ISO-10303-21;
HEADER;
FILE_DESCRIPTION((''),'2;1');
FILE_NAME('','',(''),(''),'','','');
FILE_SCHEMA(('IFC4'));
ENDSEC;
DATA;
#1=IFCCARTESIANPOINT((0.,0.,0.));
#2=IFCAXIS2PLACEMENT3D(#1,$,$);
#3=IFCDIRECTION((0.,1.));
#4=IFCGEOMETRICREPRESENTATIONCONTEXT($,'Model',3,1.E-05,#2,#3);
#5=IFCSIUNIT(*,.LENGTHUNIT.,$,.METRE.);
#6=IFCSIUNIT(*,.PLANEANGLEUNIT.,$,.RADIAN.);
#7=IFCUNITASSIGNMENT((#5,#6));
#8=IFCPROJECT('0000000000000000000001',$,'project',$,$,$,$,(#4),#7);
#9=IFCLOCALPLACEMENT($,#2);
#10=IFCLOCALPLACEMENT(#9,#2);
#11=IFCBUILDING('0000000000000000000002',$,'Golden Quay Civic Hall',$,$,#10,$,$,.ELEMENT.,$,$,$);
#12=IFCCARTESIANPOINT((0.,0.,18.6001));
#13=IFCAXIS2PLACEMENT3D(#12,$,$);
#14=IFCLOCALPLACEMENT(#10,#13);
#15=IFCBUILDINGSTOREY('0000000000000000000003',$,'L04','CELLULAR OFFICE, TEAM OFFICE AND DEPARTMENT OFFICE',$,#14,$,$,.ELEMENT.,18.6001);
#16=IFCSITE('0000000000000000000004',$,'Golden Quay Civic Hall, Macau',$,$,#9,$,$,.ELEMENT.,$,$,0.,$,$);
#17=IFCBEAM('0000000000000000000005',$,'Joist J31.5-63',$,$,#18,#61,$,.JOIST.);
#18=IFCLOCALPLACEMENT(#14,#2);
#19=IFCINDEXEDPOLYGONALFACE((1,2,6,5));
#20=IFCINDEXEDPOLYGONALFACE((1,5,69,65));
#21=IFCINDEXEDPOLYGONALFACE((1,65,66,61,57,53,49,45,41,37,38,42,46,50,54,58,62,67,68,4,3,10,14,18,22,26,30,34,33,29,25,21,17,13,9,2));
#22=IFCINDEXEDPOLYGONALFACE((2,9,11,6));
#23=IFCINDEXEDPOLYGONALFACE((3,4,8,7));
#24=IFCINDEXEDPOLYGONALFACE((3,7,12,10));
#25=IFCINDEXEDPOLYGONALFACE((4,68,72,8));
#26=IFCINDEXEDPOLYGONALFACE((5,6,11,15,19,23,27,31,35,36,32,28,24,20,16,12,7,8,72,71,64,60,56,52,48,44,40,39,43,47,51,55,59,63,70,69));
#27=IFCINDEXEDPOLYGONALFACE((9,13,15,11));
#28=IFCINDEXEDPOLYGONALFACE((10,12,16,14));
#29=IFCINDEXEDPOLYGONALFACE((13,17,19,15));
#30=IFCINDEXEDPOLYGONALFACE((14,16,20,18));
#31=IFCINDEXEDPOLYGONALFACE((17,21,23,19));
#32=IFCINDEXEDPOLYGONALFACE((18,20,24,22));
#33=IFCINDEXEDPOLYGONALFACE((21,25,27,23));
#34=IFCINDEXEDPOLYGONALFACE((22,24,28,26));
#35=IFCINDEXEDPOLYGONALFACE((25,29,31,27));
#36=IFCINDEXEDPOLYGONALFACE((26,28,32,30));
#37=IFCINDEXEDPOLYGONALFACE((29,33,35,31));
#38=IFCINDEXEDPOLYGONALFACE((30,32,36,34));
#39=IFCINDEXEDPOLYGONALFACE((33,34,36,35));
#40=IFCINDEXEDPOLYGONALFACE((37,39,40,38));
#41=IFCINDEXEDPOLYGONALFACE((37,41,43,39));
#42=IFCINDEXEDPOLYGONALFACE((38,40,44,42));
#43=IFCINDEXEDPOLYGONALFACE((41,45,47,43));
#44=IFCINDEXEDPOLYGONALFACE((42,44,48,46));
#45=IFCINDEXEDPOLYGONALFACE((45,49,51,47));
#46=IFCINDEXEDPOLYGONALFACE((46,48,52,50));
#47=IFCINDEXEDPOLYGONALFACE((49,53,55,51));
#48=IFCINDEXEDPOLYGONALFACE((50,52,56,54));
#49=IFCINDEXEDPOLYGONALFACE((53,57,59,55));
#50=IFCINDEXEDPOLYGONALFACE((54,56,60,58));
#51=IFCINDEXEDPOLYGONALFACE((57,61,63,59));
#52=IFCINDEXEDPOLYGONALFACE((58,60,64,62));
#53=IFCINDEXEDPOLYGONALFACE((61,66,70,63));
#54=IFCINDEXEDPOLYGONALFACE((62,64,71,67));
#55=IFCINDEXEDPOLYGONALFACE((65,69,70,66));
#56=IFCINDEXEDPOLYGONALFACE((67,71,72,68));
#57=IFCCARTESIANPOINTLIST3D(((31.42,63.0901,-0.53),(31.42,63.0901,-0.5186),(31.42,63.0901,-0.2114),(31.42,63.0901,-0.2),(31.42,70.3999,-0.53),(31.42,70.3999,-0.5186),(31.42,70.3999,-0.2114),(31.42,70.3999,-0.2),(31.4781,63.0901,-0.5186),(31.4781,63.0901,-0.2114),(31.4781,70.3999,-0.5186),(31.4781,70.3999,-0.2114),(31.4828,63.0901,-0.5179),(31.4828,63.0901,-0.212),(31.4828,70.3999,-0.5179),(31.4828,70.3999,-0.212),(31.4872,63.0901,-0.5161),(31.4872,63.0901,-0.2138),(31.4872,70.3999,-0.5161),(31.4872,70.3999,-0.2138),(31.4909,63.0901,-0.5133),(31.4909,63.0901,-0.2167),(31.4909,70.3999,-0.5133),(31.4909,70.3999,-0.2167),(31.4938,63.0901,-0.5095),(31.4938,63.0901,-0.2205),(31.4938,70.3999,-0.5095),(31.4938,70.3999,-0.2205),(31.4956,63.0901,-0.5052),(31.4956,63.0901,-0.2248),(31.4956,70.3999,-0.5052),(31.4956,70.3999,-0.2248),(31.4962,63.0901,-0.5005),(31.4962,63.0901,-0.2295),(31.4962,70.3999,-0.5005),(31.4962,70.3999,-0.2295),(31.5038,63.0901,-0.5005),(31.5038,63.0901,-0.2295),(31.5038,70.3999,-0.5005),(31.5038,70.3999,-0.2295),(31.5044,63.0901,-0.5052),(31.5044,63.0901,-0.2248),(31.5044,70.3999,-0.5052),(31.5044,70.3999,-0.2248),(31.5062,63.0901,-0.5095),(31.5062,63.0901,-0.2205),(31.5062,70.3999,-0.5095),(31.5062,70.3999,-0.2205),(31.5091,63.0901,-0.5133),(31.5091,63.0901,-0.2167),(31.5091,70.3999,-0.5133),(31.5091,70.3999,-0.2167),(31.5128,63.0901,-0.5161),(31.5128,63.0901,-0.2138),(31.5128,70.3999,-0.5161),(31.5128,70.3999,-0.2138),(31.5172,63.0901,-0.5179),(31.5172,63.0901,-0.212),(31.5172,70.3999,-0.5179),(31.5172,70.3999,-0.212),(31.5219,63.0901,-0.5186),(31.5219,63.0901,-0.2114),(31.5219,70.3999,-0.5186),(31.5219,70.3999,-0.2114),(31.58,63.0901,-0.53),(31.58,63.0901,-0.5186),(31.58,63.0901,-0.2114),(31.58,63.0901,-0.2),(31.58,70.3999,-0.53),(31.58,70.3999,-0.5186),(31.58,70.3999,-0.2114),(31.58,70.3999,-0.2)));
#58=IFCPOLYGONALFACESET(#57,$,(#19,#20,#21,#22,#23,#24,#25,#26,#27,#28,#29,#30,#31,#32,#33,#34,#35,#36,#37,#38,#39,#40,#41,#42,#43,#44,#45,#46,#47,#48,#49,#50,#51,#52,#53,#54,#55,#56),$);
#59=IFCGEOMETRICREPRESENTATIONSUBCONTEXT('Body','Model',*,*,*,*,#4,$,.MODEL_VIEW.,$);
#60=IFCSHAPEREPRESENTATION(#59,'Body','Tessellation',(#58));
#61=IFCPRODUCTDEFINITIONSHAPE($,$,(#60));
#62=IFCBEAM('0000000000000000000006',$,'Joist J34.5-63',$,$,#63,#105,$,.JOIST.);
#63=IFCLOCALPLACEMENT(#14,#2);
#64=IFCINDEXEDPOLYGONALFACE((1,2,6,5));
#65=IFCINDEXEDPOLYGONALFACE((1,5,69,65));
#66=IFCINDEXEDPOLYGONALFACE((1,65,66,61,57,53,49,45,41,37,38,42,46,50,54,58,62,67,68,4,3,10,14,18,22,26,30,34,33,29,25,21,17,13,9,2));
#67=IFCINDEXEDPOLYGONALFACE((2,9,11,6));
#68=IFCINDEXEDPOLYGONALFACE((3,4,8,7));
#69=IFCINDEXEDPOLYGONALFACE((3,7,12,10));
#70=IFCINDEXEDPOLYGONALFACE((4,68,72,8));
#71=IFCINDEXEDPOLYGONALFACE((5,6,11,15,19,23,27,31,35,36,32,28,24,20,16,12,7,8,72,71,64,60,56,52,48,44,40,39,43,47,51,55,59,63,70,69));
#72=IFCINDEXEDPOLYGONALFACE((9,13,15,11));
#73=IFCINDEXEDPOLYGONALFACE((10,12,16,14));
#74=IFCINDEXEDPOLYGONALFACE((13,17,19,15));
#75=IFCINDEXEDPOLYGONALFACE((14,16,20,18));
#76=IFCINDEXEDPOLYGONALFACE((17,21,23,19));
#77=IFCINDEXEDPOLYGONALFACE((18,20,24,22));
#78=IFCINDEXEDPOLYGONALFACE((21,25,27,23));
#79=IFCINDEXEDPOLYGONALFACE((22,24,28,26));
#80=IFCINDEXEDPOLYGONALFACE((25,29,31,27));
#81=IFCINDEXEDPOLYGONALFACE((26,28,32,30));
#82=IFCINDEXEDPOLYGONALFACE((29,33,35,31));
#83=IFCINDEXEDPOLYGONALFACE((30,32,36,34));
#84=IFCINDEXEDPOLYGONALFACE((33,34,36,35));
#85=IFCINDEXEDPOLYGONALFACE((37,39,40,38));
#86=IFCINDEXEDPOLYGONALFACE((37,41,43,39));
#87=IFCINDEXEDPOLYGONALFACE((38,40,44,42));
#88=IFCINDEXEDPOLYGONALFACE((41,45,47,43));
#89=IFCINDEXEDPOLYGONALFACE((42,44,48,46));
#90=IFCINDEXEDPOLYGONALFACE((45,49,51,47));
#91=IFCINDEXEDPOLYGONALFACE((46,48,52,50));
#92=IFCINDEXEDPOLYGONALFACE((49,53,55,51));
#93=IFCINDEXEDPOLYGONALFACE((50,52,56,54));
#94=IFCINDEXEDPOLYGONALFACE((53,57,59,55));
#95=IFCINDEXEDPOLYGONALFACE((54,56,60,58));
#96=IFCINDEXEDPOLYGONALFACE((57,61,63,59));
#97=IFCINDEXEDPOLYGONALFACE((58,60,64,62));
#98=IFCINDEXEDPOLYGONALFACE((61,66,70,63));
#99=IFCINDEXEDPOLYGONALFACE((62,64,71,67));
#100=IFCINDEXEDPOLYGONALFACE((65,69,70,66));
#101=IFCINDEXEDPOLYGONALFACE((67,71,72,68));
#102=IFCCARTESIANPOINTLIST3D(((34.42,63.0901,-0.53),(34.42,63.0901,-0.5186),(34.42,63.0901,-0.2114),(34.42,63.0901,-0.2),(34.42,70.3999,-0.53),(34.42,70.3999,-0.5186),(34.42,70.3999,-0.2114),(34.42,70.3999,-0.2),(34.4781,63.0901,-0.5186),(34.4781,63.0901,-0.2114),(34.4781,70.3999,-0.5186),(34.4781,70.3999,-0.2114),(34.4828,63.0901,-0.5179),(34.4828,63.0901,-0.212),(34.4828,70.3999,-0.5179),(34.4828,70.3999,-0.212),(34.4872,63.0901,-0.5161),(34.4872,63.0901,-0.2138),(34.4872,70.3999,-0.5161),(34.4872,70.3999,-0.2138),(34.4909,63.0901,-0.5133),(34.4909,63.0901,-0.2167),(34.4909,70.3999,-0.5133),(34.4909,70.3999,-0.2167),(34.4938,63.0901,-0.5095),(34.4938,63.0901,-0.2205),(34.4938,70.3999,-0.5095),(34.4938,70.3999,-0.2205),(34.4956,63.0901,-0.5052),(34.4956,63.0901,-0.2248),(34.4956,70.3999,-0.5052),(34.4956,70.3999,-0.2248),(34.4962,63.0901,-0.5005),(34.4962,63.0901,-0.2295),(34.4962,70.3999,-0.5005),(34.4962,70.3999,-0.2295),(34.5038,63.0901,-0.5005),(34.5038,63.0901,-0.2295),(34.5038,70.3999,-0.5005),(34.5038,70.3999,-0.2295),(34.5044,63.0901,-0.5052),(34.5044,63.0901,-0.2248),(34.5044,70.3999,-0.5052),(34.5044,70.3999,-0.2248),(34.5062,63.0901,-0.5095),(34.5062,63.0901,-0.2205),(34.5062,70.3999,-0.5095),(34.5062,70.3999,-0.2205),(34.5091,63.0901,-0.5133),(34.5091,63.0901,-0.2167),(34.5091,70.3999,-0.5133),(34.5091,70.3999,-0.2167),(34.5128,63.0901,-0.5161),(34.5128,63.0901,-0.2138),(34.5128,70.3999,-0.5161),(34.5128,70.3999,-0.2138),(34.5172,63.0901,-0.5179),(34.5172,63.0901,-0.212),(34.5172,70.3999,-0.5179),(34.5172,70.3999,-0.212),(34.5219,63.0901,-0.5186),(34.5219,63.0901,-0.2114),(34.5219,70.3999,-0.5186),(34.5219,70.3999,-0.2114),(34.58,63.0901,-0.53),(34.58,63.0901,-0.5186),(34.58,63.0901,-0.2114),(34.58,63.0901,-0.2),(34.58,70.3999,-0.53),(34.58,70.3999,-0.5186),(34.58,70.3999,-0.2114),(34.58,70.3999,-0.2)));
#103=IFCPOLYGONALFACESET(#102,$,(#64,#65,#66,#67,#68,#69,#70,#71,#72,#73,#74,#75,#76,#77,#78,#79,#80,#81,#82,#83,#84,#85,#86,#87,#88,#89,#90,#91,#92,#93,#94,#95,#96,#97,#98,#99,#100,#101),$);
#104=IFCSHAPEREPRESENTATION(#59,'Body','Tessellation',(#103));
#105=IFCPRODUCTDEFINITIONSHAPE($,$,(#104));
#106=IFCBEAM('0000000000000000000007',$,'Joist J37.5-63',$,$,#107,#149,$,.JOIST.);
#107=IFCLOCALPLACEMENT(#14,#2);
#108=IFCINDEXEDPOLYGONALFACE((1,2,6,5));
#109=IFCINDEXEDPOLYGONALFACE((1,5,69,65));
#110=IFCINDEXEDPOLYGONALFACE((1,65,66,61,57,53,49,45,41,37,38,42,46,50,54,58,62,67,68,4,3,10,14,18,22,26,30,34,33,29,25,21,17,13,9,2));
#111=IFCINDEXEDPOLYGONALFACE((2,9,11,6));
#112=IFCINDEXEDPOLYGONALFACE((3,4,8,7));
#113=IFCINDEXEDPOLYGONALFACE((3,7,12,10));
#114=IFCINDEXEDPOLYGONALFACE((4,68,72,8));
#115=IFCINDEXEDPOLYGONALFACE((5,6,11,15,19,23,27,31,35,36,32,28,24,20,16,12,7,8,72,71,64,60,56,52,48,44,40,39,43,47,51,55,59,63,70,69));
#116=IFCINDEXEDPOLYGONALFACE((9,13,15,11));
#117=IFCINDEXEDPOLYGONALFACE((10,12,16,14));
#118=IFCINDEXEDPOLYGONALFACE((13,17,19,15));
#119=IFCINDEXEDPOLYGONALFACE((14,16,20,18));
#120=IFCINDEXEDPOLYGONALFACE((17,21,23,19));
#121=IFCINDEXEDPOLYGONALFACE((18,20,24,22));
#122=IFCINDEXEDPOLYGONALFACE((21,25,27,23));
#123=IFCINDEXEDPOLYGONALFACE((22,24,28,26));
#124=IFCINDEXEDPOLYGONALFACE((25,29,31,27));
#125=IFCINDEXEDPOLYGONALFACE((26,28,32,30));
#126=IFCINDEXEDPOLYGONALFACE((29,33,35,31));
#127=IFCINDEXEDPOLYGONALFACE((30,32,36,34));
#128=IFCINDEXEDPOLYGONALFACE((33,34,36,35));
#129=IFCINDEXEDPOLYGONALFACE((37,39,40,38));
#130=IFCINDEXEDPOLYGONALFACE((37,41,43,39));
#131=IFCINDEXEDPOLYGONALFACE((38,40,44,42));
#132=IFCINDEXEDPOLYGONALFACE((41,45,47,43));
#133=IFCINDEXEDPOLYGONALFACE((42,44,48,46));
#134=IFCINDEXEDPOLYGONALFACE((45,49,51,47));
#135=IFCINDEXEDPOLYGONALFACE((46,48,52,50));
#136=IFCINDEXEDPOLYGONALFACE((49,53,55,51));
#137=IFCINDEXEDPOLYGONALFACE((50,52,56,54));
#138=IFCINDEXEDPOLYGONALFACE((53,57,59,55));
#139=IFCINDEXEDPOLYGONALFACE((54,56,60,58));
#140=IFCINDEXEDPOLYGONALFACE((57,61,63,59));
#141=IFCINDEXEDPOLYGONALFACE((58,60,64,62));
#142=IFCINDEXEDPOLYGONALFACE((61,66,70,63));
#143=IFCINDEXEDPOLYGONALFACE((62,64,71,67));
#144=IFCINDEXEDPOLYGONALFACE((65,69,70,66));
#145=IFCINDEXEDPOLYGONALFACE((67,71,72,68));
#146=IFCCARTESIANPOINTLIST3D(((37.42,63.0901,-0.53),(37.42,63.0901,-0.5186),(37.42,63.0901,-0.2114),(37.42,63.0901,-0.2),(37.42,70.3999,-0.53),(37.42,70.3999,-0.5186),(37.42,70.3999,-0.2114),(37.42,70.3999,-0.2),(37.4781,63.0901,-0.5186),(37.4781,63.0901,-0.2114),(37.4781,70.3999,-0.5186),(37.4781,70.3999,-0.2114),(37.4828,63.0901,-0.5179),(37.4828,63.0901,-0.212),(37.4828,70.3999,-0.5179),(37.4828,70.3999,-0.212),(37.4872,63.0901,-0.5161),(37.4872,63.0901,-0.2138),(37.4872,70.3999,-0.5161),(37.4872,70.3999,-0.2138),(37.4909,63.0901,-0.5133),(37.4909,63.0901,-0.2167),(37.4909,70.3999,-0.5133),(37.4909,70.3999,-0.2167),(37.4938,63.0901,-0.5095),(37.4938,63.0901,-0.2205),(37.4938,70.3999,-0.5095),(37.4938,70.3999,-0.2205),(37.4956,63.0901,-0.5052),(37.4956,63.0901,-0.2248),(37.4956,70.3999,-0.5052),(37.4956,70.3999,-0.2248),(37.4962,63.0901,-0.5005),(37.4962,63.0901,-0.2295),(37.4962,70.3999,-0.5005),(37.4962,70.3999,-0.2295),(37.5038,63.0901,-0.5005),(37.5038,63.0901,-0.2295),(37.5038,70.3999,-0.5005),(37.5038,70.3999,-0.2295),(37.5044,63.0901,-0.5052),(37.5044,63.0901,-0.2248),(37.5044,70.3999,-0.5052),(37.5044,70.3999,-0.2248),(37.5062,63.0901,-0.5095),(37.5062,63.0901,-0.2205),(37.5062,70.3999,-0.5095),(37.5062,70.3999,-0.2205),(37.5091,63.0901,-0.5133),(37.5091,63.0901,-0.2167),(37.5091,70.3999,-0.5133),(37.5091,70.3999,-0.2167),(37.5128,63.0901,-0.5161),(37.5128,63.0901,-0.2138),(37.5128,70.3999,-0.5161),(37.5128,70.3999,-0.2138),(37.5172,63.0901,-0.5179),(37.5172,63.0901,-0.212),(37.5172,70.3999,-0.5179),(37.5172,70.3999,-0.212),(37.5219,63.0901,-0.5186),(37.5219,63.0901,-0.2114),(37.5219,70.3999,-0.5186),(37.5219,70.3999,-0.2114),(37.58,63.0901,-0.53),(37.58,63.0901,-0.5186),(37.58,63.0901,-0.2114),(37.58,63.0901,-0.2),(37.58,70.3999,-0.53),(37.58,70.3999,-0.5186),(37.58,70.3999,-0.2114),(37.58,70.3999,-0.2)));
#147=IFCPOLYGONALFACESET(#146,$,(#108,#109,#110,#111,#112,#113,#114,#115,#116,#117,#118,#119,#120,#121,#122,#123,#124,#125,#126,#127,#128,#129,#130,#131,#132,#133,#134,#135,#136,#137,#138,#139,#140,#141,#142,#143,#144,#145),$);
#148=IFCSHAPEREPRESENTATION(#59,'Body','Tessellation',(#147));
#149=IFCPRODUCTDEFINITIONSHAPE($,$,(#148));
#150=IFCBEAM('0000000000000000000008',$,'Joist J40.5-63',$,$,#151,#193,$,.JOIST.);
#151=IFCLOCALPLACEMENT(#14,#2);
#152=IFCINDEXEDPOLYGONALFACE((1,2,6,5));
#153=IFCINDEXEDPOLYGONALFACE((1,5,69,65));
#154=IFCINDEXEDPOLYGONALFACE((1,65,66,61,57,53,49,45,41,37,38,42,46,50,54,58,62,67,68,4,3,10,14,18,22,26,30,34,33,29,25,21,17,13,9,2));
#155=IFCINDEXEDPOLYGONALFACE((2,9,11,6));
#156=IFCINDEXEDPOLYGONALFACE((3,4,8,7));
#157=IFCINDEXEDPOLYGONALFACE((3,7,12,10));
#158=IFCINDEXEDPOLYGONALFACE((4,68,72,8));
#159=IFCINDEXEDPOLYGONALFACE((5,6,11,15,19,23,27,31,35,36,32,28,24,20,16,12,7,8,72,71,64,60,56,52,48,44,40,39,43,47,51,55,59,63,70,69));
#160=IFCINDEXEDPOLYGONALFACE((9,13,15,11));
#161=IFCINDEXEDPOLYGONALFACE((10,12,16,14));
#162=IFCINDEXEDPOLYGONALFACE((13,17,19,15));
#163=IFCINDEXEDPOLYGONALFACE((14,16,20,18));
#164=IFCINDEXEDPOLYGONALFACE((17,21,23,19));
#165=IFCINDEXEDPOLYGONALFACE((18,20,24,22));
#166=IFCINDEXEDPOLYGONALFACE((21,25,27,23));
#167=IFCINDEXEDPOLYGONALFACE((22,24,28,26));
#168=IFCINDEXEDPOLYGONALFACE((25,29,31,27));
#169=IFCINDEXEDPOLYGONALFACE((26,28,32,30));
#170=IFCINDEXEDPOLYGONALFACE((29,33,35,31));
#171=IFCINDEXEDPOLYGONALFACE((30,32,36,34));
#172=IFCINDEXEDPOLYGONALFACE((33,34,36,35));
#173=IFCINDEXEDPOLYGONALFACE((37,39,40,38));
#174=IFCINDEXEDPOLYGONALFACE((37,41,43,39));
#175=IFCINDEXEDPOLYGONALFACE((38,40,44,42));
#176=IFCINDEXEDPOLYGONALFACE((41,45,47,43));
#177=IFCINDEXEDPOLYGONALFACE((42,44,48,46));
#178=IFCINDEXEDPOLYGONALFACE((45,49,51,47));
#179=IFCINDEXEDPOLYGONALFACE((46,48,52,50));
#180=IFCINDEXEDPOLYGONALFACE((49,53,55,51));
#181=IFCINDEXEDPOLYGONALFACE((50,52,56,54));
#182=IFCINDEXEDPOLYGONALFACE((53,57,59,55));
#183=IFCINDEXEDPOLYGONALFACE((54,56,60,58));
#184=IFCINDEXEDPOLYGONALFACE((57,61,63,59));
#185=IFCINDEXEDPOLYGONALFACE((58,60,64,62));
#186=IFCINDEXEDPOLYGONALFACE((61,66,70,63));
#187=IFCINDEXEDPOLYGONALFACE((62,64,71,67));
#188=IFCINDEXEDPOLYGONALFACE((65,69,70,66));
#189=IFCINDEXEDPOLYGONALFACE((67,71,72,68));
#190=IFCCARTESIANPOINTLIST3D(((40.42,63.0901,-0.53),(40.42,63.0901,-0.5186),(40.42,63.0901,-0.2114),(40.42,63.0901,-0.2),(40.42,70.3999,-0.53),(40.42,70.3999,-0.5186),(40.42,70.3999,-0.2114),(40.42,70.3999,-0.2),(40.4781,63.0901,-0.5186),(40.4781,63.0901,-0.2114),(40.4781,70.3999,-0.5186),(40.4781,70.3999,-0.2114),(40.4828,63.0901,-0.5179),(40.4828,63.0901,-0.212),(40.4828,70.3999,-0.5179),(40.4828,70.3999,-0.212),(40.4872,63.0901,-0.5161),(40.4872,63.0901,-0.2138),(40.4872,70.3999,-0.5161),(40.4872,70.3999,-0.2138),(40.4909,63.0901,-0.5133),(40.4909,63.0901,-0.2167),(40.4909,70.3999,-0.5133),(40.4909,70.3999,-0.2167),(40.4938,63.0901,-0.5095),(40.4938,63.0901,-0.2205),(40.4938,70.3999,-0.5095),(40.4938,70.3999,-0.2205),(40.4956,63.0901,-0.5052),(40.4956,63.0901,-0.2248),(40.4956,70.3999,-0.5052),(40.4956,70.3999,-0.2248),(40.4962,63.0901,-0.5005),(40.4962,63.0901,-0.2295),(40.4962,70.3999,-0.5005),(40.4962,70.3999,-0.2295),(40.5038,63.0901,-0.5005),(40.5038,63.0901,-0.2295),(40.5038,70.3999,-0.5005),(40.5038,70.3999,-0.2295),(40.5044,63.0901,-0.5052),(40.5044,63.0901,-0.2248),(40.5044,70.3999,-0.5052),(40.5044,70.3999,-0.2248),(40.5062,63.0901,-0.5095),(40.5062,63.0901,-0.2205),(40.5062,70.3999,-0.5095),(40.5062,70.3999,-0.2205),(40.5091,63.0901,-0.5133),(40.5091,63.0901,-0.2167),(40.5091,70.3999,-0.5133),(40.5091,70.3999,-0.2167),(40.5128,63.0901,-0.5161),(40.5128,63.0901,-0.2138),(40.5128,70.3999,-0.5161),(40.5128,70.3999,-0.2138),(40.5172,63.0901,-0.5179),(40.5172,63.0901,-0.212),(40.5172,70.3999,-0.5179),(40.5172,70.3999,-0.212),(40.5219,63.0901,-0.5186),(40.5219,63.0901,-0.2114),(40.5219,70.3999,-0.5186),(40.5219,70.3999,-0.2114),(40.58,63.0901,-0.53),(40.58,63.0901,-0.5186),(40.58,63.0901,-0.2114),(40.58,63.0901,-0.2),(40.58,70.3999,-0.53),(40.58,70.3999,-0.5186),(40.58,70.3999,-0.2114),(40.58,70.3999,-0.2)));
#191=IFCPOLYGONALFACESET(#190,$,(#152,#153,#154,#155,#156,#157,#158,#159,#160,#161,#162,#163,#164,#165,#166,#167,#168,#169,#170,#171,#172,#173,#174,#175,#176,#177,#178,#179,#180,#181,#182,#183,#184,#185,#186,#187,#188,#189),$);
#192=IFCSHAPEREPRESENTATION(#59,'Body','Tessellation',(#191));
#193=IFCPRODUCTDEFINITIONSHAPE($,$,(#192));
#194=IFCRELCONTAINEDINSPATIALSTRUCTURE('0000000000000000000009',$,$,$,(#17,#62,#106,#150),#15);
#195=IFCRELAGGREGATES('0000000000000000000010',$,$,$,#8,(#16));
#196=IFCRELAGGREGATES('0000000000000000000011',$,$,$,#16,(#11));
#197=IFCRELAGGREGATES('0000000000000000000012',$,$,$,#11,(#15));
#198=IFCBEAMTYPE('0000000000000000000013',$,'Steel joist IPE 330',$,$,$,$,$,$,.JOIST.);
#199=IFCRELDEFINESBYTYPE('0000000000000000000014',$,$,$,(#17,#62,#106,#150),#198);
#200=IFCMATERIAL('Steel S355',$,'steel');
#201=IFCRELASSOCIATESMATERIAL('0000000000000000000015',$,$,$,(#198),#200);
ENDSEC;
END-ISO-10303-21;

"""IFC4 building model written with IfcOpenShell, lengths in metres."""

from ifc_helpers import new_model, si_unit, direction, frame, origin, origin_2d, place, context, subcontext, project, spatial, i_section, extrude, material, material_profile, profile_set, type_object, element, save


model = new_model("IFC4")

# Units and contexts
model_context = context("Model", 3, precision=1e-05, world=origin(), true_north=direction((0.0, 1.0)))
body_context = subcontext(model_context, "Body", "Model", "MODEL_VIEW")
ifc_project = project(units=[si_unit("LENGTHUNIT", "METRE"), si_unit("PLANEANGLEUNIT", "RADIAN")], contexts=[model_context])

# Site, building, storey
site_placement = place(None, origin())
site = spatial("IfcSite", under=ifc_project, at=site_placement, Name="Golden Quay Civic Hall, Macau", CompositionType="ELEMENT", RefElevation=0.0)
building_placement = place(site_placement, origin())
building = spatial("IfcBuilding", under=site, at=building_placement, Name="Golden Quay Civic Hall", CompositionType="ELEMENT")
storey_placement = place(building_placement, frame((0.0, 0.0, 18.6001)))
storey = spatial("IfcBuildingStorey", under=building, at=storey_placement, Name="L04", Description="CELLULAR OFFICE, TEAM OFFICE AND DEPARTMENT OFFICE", CompositionType="ELEMENT", Elevation=18.6001)

# Beams
ifc_material_1 = material(Name="Steel S355", Category="steel")
ifc_material_profile_1 = material_profile(ifc_material_1, i_section(OverallWidth=0.1599, OverallDepth=0.3301, WebThickness=0.0076, FlangeThickness=0.0115, FilletRadius=0.0181, at=origin_2d()), Name="IPE 330")
ifc_profile_set_1 = profile_set([ifc_material_profile_1], Name="Steel S355")
beam_type_1 = type_object("IfcBeamType", Name="Steel joist IPE 330", PredefinedType="JOIST", material=ifc_profile_set_1)
for number, where, z_axis, x_axis, name in (
    (1, (31.5, 63.0901, -0.365), (0.0, 1.0, 0.0), (-1.0, 0.0, 0.0), "Joist J31.5-63"),
    (2, (34.5, 63.0901, -0.365), (0.0, 1.0, 0.0), (-1.0, 0.0, 0.0), "Joist J34.5-63"),
    (3, (37.5, 63.0901, -0.365), (0.0, 1.0, 0.0), (-1.0, 0.0, 0.0), "Joist J37.5-63"),
    (4, (40.5, 63.0901, -0.365), (0.0, 1.0, 0.0), (-1.0, 0.0, 0.0), "Joist J40.5-63"),
):
    element("IfcBeam", number, at=place(storey_placement, frame(where, z_axis=z_axis, x_axis=x_axis)), inside=storey, type_object=beam_type_1, Name=name, PredefinedType="JOIST", context=body_context, shape_type="SweptSolid", body=[
        extrude(i_section(OverallWidth=0.1599, OverallDepth=0.3301, WebThickness=0.0076, FlangeThickness=0.0115, FilletRadius=0.0181, at=origin_2d()), origin(), (0.0, 0.0, 1.0), 7.3098),
    ])

save(model, "model.ifc")
